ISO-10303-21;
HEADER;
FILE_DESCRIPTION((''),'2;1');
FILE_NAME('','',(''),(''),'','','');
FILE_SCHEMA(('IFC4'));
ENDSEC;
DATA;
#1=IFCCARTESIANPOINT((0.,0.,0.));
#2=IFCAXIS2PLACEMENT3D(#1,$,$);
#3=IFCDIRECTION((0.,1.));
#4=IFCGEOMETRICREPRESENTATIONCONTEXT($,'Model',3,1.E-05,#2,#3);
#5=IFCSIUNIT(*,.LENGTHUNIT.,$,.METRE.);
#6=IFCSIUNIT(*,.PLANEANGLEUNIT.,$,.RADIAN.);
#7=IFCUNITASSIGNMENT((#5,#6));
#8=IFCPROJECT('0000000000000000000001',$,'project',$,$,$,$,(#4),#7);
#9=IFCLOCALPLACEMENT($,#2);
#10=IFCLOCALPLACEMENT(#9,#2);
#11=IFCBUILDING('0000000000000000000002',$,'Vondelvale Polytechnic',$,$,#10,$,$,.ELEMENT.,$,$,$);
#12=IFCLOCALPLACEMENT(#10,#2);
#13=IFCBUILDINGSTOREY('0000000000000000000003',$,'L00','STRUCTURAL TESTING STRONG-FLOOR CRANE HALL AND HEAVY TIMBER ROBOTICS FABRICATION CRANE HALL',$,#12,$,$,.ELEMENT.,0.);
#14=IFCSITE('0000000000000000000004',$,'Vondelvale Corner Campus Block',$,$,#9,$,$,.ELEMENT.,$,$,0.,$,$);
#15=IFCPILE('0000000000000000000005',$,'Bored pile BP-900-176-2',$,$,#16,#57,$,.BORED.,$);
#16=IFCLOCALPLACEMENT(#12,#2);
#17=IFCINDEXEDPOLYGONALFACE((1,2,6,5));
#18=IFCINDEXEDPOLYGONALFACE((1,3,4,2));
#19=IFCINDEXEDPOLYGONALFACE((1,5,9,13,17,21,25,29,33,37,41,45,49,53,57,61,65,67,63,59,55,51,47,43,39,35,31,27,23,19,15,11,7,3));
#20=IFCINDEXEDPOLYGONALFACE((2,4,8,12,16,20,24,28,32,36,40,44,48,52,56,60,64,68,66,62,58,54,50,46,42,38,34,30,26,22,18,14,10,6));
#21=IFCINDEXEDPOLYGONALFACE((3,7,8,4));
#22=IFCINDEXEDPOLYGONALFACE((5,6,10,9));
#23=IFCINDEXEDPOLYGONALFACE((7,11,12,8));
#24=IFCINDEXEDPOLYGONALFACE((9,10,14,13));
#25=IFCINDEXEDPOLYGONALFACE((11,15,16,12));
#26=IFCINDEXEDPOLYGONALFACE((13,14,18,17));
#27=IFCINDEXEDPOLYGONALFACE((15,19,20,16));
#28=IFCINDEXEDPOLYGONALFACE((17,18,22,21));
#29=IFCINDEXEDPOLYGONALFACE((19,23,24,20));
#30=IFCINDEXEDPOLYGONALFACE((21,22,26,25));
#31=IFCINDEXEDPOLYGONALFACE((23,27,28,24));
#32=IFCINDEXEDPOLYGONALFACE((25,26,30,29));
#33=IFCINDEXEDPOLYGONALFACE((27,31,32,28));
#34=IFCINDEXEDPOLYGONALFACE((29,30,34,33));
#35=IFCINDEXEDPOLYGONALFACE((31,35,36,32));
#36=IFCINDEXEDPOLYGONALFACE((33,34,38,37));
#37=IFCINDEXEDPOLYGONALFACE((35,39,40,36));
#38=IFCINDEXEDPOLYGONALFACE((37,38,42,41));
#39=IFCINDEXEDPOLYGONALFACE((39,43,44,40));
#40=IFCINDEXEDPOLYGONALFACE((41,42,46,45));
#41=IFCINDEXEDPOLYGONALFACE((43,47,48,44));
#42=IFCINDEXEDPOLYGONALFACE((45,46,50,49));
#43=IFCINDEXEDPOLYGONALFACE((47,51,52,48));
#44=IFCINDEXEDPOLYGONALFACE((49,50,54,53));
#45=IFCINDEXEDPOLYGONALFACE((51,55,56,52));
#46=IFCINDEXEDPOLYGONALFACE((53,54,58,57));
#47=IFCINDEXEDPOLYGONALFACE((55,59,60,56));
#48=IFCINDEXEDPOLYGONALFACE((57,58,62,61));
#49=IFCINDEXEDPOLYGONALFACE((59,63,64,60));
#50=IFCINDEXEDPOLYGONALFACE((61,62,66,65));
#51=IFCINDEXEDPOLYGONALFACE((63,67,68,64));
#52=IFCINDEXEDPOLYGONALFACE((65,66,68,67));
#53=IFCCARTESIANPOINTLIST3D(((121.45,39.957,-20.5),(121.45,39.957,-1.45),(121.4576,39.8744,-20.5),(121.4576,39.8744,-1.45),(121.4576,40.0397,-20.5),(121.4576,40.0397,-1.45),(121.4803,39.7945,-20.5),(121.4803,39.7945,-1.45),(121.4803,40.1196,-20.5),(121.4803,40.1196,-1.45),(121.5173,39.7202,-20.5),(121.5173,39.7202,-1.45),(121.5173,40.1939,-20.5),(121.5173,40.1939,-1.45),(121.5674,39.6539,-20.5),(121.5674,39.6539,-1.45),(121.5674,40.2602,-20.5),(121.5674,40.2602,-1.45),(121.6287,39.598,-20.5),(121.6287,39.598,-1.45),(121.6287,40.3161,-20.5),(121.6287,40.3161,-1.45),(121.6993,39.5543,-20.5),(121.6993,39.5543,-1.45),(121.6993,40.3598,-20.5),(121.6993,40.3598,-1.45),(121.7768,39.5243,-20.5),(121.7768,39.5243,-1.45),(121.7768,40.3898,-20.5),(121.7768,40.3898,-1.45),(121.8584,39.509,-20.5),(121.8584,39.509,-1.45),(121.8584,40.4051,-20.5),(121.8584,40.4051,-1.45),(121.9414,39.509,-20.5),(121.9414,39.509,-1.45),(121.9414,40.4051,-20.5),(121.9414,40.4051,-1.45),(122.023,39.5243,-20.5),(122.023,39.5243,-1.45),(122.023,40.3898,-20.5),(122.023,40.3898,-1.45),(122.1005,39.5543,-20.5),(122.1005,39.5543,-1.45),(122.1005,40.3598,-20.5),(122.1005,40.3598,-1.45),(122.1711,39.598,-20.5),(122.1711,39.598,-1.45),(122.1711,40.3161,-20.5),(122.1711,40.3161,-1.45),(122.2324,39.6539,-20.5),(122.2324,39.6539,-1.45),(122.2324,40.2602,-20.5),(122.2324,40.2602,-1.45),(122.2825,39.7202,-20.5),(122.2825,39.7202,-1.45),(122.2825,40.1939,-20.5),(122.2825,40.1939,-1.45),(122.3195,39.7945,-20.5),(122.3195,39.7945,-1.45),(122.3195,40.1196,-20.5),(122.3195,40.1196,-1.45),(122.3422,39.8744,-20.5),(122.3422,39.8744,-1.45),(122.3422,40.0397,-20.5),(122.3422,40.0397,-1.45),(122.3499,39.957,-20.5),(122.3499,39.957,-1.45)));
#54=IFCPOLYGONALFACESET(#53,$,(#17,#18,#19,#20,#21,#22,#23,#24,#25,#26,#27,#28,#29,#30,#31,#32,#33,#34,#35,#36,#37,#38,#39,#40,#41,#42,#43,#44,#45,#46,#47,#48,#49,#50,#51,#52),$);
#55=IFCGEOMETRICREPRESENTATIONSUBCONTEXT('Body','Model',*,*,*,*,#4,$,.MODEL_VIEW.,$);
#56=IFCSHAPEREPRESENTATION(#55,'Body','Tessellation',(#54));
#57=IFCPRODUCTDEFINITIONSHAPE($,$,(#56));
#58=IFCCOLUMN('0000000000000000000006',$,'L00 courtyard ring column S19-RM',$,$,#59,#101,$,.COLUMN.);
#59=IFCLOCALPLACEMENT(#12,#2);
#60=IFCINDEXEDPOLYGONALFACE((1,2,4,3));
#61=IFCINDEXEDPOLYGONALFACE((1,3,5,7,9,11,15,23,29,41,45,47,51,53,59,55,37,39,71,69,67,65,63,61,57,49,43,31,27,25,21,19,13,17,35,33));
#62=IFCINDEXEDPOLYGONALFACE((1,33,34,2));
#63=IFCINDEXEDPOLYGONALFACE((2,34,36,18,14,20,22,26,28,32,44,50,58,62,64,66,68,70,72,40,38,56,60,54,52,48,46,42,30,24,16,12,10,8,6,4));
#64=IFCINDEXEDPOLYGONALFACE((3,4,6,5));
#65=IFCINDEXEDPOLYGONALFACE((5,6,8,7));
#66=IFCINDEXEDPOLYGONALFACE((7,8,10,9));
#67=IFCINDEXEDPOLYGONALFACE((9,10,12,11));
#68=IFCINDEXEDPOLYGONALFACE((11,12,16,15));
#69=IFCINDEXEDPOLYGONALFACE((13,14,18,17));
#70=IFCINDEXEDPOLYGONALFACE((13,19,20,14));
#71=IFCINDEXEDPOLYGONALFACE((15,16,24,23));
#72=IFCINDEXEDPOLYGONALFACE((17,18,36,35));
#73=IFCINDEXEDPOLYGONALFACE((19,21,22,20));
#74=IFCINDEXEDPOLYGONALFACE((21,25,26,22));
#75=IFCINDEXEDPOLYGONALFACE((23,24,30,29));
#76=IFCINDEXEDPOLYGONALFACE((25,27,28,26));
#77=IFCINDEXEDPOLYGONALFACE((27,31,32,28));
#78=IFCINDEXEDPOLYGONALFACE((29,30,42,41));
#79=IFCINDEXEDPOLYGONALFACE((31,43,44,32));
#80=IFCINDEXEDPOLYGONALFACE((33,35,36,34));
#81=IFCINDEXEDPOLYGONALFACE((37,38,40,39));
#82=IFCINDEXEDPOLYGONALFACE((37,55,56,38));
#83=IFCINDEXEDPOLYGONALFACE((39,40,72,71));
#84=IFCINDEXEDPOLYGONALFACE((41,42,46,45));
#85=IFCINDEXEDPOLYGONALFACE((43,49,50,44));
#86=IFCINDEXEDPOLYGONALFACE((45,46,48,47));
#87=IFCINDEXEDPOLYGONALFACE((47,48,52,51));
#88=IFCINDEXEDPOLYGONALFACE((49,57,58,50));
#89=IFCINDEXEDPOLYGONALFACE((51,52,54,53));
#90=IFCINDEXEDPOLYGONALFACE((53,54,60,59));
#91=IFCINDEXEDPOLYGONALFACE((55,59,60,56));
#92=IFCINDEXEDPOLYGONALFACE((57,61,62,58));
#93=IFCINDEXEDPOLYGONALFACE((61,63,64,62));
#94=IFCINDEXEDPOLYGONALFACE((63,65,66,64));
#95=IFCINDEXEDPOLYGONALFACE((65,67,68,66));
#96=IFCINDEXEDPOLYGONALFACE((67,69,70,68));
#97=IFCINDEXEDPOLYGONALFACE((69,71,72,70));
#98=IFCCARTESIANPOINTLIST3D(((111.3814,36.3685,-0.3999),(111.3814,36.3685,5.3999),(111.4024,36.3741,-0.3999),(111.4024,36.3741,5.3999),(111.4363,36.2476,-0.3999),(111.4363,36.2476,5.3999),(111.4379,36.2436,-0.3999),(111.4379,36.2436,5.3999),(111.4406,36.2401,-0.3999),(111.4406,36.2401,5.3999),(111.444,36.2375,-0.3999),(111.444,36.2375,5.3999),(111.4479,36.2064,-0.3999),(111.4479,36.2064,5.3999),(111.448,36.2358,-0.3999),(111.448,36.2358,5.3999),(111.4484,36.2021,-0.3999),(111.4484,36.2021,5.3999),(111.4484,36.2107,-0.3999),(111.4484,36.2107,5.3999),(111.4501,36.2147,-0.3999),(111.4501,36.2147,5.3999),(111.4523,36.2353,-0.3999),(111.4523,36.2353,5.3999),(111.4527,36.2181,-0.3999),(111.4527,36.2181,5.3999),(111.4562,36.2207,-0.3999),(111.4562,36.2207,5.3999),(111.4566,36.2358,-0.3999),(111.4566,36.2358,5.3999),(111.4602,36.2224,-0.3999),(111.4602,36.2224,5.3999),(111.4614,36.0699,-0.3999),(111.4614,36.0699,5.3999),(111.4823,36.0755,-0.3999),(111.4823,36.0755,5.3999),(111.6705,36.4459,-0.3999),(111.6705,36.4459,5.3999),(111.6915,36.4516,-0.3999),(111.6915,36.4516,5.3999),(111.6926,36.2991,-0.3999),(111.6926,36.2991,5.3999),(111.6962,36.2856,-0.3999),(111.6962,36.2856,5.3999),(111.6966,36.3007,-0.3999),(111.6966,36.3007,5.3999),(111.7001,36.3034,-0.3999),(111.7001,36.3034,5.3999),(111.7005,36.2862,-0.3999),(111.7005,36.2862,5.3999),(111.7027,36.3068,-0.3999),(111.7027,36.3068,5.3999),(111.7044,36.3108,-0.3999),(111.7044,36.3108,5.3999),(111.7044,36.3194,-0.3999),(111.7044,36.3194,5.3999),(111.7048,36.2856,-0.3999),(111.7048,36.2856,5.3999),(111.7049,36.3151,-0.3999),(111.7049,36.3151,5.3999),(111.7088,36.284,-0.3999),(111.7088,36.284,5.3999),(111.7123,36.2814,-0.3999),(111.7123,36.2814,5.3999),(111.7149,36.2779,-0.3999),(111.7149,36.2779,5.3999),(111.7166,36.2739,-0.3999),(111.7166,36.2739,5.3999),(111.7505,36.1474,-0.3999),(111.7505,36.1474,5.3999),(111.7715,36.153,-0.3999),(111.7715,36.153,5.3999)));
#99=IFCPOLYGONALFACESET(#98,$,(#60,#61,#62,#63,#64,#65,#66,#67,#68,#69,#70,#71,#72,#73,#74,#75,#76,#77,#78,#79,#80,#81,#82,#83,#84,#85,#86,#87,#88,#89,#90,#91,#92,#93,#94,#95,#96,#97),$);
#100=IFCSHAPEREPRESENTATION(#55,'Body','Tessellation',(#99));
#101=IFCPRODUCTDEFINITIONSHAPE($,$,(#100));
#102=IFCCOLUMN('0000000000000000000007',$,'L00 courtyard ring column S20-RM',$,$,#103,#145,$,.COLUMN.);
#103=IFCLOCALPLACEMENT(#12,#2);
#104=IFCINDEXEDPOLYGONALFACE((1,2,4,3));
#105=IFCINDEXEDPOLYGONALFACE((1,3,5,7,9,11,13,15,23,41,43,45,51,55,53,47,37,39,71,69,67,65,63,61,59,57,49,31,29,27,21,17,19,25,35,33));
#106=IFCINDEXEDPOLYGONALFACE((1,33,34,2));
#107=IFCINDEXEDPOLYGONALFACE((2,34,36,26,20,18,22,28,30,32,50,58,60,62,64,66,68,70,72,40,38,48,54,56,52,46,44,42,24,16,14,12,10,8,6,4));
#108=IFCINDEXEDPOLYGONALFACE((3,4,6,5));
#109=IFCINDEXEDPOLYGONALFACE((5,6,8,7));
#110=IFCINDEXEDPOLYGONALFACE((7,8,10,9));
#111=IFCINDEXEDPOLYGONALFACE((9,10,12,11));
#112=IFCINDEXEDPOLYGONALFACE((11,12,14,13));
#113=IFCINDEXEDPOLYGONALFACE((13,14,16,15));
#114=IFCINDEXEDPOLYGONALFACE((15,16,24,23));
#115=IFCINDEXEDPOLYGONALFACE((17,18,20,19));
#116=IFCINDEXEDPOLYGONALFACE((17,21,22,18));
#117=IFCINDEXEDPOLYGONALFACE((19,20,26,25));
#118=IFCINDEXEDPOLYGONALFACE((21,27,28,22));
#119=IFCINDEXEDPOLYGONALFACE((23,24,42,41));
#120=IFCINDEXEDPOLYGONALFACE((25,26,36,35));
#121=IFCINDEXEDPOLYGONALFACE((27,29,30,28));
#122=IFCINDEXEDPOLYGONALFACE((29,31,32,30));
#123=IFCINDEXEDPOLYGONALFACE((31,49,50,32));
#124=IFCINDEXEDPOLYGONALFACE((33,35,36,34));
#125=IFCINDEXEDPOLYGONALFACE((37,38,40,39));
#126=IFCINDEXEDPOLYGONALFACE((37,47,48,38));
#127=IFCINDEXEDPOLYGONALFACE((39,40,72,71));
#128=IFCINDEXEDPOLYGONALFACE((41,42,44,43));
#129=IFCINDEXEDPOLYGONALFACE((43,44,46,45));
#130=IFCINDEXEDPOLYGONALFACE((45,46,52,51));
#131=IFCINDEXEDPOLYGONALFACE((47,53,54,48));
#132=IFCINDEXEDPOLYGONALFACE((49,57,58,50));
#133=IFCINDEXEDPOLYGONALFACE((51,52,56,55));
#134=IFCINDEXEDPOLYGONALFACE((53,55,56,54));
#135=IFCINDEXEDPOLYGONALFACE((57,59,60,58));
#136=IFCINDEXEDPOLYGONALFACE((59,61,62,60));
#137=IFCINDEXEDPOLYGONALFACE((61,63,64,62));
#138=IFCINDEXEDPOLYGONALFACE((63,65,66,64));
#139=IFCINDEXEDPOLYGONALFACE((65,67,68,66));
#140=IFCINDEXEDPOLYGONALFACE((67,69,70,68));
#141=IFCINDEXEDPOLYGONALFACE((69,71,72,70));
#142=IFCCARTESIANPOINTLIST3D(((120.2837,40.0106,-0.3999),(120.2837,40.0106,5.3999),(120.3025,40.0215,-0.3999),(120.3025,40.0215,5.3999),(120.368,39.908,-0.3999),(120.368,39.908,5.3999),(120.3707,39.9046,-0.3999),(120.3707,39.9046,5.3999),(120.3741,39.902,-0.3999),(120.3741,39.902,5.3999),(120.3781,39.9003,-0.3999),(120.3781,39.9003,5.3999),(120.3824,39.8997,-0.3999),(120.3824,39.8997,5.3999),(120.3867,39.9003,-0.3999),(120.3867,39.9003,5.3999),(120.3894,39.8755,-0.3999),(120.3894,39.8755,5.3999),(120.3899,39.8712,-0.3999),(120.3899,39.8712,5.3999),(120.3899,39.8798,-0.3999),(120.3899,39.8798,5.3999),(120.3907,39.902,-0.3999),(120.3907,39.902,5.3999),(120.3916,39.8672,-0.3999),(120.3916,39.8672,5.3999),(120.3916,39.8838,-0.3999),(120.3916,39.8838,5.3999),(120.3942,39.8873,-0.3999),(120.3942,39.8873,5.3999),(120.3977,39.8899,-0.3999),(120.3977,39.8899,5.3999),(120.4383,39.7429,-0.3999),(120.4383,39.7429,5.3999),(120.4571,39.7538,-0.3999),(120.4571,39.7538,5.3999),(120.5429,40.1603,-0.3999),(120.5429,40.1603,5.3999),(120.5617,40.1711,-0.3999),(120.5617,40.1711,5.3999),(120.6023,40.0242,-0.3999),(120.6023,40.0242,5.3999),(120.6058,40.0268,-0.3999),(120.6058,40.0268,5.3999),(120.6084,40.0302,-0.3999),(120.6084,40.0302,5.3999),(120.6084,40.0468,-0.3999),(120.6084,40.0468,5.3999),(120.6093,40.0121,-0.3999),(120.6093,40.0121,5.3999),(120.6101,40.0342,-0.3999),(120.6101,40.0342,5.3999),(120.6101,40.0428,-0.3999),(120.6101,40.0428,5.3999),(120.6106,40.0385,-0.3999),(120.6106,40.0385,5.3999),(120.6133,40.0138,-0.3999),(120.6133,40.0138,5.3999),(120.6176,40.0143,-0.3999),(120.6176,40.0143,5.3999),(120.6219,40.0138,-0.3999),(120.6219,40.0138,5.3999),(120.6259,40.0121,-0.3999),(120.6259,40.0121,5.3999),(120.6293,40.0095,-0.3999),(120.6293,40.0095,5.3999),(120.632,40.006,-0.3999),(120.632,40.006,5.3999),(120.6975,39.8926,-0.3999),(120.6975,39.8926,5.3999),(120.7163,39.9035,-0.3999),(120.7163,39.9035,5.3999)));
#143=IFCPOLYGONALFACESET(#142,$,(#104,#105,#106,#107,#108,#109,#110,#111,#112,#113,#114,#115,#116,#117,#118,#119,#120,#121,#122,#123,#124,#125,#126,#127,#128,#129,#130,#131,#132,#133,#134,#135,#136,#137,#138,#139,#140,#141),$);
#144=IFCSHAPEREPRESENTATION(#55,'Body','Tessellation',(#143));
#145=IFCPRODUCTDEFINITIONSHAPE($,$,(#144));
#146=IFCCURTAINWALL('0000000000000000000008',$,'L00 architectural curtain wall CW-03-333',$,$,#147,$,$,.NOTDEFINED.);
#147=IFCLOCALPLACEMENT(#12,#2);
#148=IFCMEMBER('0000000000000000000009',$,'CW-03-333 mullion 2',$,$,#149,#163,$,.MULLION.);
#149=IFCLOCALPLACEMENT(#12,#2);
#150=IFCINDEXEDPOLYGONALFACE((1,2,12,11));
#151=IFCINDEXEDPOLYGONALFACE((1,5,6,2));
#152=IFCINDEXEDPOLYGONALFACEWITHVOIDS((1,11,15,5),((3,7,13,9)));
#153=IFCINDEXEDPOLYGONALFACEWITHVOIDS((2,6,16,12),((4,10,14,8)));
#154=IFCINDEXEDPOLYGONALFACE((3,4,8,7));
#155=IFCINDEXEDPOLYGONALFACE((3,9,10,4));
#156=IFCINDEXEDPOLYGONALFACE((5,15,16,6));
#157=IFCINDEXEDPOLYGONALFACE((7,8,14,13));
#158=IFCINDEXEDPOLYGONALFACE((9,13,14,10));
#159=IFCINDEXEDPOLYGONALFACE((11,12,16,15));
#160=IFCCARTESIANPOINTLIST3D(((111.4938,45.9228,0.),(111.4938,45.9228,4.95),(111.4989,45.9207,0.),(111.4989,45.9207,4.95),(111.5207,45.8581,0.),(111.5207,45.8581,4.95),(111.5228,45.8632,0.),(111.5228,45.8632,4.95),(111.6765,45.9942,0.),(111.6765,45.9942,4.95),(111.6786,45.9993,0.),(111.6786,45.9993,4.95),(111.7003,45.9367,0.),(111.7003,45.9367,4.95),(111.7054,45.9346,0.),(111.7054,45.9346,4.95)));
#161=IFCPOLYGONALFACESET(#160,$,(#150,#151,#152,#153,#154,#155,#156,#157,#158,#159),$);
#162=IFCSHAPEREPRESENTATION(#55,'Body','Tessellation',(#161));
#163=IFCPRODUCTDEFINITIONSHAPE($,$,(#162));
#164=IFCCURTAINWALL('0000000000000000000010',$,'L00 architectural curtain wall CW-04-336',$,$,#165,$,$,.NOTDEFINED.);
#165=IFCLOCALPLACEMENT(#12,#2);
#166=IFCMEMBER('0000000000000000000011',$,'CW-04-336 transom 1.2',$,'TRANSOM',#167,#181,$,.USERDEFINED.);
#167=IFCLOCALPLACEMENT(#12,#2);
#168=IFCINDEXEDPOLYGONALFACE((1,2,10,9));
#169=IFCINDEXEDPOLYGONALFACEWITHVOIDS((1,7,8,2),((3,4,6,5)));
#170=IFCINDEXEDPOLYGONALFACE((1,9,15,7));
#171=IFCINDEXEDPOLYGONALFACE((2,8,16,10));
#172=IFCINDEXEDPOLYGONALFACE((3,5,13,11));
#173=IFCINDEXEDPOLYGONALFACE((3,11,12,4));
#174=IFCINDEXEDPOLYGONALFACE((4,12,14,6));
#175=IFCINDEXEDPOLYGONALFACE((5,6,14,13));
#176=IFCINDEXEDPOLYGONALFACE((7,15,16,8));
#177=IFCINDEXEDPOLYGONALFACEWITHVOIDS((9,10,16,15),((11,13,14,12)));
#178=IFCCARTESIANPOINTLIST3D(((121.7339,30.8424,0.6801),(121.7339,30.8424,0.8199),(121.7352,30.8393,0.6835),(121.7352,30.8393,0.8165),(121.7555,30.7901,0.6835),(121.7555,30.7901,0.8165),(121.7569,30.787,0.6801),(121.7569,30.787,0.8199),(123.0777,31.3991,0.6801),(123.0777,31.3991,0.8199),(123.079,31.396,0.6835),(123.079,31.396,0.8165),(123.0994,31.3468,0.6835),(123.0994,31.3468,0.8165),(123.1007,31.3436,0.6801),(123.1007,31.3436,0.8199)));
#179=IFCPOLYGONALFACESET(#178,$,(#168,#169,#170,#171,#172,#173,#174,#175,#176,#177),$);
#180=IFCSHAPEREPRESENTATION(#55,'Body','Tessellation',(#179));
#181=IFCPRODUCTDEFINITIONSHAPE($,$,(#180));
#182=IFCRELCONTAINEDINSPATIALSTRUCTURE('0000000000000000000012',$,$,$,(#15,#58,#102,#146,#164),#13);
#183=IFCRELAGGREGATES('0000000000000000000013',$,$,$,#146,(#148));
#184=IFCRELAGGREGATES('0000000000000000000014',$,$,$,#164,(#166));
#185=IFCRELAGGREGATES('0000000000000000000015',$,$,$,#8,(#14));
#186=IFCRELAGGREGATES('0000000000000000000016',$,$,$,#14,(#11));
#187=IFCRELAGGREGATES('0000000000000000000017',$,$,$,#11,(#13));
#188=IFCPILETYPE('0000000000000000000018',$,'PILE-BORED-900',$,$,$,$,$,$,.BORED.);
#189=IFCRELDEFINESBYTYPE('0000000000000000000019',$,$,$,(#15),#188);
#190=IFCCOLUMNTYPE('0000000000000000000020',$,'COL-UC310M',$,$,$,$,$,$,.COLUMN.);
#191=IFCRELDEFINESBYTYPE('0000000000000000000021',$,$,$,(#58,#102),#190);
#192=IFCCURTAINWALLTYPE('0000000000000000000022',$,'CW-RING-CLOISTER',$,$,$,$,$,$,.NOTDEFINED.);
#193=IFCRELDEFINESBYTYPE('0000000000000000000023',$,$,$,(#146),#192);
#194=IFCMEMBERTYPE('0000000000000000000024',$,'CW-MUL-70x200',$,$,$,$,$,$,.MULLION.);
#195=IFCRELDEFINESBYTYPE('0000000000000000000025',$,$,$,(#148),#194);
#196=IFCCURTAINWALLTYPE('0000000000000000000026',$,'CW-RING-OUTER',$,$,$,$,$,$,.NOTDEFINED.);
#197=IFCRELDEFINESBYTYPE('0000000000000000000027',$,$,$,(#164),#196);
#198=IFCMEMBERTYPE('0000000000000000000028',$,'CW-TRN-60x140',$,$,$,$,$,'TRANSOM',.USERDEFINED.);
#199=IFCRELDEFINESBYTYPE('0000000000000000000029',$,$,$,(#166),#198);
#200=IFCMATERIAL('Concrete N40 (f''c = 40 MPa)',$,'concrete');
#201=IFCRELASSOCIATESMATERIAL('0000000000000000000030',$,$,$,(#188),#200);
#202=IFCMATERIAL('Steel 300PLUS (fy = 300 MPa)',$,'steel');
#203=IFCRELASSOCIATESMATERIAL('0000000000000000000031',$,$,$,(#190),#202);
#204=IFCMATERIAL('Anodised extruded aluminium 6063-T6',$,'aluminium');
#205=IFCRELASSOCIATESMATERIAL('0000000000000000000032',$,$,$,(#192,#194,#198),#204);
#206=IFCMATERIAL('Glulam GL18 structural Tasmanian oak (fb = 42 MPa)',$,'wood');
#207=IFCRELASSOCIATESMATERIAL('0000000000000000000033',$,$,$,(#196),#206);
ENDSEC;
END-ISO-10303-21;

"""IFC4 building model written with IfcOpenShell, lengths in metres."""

from ifc_helpers import new_model, si_unit, direction, frame, origin, origin_2d, place, context, subcontext, project, spatial, hollow_rectangle, circle, i_section, extrude, material, material_profile, profile_set, type_object, element, aggregate, save


model = new_model("IFC4")

# Units and contexts
model_context = context("Model", 3, precision=1e-05, world=origin(), true_north=direction((0.0, 1.0)))
body_context = subcontext(model_context, "Body", "Model", "MODEL_VIEW")
ifc_project = project(units=[si_unit("LENGTHUNIT", "METRE"), si_unit("PLANEANGLEUNIT", "RADIAN")], contexts=[model_context])

# Site, building, storey
site_placement = place(None, origin())
site = spatial("IfcSite", under=ifc_project, at=site_placement, Name="Vondelvale Corner Campus Block", CompositionType="ELEMENT", RefElevation=0.0)
building_placement = place(site_placement, origin())
building = spatial("IfcBuilding", under=site, at=building_placement, Name="Vondelvale Polytechnic", CompositionType="ELEMENT")
storey_placement = place(building_placement, origin())
storey = spatial("IfcBuildingStorey", under=building, at=storey_placement, Name="L00", Description="STRUCTURAL TESTING STRONG-FLOOR CRANE HALL AND HEAVY TIMBER ROBOTICS FABRICATION CRANE HALL", CompositionType="ELEMENT", Elevation=0.0)

# Shared definitions
ifc_material_1 = material(Name="Concrete N40 (f'c = 40 MPa)", Category="concrete")

# Pile
ifc_material_profile_1 = material_profile(ifc_material_1, circle(Radius=0.45, at=origin_2d()), Name="PILE-D900")
ifc_profile_set_1 = profile_set([ifc_material_profile_1], Name="Concrete N40 (f'c = 40 MPa)")
pile_type = type_object("IfcPileType", Name="PILE-BORED-900", PredefinedType="BORED", material=ifc_profile_set_1)
for number, where, z_axis, x_axis, name in (
    (1, (121.8999, 39.957, -1.45), (0.0, 0.0, -1.0), (1.0, 0.0, 0.0), "Bored pile BP-900-176-2"),
):
    element("IfcPile", number, at=place(storey_placement, frame(where, z_axis=z_axis, x_axis=x_axis)), inside=storey, type_object=pile_type, Name=name, PredefinedType="BORED", context=body_context, shape_type="SweptSolid", body=[
        extrude(circle(Radius=0.45, at=origin_2d()), origin(), (0.0, 0.0, 1.0), 19.05),
    ])

# Columns
ifc_material_2 = material(Name="Steel 300PLUS (fy = 300 MPa)", Category="steel")
ifc_material_profile_2 = material_profile(ifc_material_2, i_section(OverallWidth=0.3091, OverallDepth=0.321, WebThickness=0.0139, FlangeThickness=0.0217, FilletRadius=0.0166, at=origin_2d()), Name="310UC137")
ifc_profile_set_2 = profile_set([ifc_material_profile_2], Name="Steel 300PLUS (fy = 300 MPa)")
column_type = type_object("IfcColumnType", Name="COL-UC310M", PredefinedType="COLUMN", material=ifc_profile_set_2)
for number, where, z_axis, x_axis, name in (
    (2, (111.5764, 36.2607, -0.3999), (0.0, 0.0, 1.0), (-0.258819, 0.965926, 0.0), "L00 courtyard ring column S19-RM"),
    (3, (120.5, 39.957, -0.3999), (0.0, 0.0, 1.0), (-0.5, 0.866025, 0.0), "L00 courtyard ring column S20-RM"),
):
    element("IfcColumn", number, at=place(storey_placement, frame(where, z_axis=z_axis, x_axis=x_axis)), inside=storey, type_object=column_type, Name=name, PredefinedType="COLUMN", context=body_context, shape_type="SweptSolid", body=[
        extrude(i_section(OverallWidth=0.3091, OverallDepth=0.321, WebThickness=0.0139, FlangeThickness=0.0217, FilletRadius=0.0166, at=origin_2d()), origin(), (0.0, 0.0, 1.0), 5.7998),
    ])

# Curtain wall, member
ifc_material_3 = material(Name="Anodised extruded aluminium 6063-T6", Category="aluminium")
curtain_wall_type_1 = type_object("IfcCurtainWallType", Name="CW-RING-CLOISTER", PredefinedType="NOTDEFINED", material=ifc_material_3)
curtain_wall_1_placement = place(storey_placement, origin())
curtain_wall_1 = element("IfcCurtainWall", 4, at=curtain_wall_1_placement, inside=storey, type_object=curtain_wall_type_1, Name="L00 architectural curtain wall CW-03-333", PredefinedType="NOTDEFINED")
ifc_material_profile_3 = material_profile(ifc_material_3, hollow_rectangle(XDim=0.0701, YDim=0.2, WallThickness=0.0039, at=origin_2d()), Name="CW-MUL-200x70")
ifc_profile_set_3 = profile_set([ifc_material_profile_3], Name="Anodised extruded aluminium 6063-T6")
member_type_1 = type_object("IfcMemberType", Name="CW-MUL-70x200", PredefinedType="MULLION", material=ifc_profile_set_3)
member_1_placement = place(storey_placement, frame((111.5996, 45.9287, 0.0), z_axis=(0.0, 0.0, 1.0), x_axis=(-0.382679, 0.923882, 0.0)))
member_1 = element("IfcMember", 5, at=member_1_placement, type_object=member_type_1, Name="CW-03-333 mullion 2", PredefinedType="MULLION", context=body_context, shape_type="SweptSolid", body=[
    extrude(hollow_rectangle(XDim=0.0701, YDim=0.2, WallThickness=0.0039, at=origin_2d()), origin(), (0.0, 0.0, 1.0), 4.95),
])

# Curtain wall, member
ifc_material_4 = material(Name="Glulam GL18 structural Tasmanian oak (fb = 42 MPa)", Category="wood")
curtain_wall_type_2 = type_object("IfcCurtainWallType", Name="CW-RING-OUTER", PredefinedType="NOTDEFINED", material=ifc_material_4)
curtain_wall_2_placement = place(storey_placement, origin())
curtain_wall_2 = element("IfcCurtainWall", 6, at=curtain_wall_2_placement, inside=storey, type_object=curtain_wall_type_2, Name="L00 architectural curtain wall CW-04-336", PredefinedType="NOTDEFINED")
ifc_material_profile_4 = material_profile(ifc_material_3, hollow_rectangle(XDim=0.0601, YDim=0.1399, WallThickness=0.0034, at=origin_2d()), Name="CW-TRN-140x60")
ifc_profile_set_4 = profile_set([ifc_material_profile_4], Name="Anodised extruded aluminium 6063-T6")
member_type_2 = type_object("IfcMemberType", Name="CW-TRN-60x140", ElementType="TRANSOM", PredefinedType="USERDEFINED", material=ifc_profile_set_4)
member_2_placement = place(storey_placement, frame((121.7454, 30.8147, 0.75), z_axis=(0.92387, 0.382708, 0.0), x_axis=(-0.382708, 0.92387, 0.0)))
member_2 = element("IfcMember", 7, at=member_2_placement, type_object=member_type_2, Name="CW-04-336 transom 1.2", ObjectType="TRANSOM", PredefinedType="USERDEFINED", context=body_context, shape_type="SweptSolid", body=[
    extrude(hollow_rectangle(XDim=0.0601, YDim=0.1399, WallThickness=0.0034, at=origin_2d()), origin(), (0.0, 0.0, 1.0), 1.4546),
])

aggregate(curtain_wall_1, [member_1])
aggregate(curtain_wall_2, [member_2])

save(model, "model.ifc")
